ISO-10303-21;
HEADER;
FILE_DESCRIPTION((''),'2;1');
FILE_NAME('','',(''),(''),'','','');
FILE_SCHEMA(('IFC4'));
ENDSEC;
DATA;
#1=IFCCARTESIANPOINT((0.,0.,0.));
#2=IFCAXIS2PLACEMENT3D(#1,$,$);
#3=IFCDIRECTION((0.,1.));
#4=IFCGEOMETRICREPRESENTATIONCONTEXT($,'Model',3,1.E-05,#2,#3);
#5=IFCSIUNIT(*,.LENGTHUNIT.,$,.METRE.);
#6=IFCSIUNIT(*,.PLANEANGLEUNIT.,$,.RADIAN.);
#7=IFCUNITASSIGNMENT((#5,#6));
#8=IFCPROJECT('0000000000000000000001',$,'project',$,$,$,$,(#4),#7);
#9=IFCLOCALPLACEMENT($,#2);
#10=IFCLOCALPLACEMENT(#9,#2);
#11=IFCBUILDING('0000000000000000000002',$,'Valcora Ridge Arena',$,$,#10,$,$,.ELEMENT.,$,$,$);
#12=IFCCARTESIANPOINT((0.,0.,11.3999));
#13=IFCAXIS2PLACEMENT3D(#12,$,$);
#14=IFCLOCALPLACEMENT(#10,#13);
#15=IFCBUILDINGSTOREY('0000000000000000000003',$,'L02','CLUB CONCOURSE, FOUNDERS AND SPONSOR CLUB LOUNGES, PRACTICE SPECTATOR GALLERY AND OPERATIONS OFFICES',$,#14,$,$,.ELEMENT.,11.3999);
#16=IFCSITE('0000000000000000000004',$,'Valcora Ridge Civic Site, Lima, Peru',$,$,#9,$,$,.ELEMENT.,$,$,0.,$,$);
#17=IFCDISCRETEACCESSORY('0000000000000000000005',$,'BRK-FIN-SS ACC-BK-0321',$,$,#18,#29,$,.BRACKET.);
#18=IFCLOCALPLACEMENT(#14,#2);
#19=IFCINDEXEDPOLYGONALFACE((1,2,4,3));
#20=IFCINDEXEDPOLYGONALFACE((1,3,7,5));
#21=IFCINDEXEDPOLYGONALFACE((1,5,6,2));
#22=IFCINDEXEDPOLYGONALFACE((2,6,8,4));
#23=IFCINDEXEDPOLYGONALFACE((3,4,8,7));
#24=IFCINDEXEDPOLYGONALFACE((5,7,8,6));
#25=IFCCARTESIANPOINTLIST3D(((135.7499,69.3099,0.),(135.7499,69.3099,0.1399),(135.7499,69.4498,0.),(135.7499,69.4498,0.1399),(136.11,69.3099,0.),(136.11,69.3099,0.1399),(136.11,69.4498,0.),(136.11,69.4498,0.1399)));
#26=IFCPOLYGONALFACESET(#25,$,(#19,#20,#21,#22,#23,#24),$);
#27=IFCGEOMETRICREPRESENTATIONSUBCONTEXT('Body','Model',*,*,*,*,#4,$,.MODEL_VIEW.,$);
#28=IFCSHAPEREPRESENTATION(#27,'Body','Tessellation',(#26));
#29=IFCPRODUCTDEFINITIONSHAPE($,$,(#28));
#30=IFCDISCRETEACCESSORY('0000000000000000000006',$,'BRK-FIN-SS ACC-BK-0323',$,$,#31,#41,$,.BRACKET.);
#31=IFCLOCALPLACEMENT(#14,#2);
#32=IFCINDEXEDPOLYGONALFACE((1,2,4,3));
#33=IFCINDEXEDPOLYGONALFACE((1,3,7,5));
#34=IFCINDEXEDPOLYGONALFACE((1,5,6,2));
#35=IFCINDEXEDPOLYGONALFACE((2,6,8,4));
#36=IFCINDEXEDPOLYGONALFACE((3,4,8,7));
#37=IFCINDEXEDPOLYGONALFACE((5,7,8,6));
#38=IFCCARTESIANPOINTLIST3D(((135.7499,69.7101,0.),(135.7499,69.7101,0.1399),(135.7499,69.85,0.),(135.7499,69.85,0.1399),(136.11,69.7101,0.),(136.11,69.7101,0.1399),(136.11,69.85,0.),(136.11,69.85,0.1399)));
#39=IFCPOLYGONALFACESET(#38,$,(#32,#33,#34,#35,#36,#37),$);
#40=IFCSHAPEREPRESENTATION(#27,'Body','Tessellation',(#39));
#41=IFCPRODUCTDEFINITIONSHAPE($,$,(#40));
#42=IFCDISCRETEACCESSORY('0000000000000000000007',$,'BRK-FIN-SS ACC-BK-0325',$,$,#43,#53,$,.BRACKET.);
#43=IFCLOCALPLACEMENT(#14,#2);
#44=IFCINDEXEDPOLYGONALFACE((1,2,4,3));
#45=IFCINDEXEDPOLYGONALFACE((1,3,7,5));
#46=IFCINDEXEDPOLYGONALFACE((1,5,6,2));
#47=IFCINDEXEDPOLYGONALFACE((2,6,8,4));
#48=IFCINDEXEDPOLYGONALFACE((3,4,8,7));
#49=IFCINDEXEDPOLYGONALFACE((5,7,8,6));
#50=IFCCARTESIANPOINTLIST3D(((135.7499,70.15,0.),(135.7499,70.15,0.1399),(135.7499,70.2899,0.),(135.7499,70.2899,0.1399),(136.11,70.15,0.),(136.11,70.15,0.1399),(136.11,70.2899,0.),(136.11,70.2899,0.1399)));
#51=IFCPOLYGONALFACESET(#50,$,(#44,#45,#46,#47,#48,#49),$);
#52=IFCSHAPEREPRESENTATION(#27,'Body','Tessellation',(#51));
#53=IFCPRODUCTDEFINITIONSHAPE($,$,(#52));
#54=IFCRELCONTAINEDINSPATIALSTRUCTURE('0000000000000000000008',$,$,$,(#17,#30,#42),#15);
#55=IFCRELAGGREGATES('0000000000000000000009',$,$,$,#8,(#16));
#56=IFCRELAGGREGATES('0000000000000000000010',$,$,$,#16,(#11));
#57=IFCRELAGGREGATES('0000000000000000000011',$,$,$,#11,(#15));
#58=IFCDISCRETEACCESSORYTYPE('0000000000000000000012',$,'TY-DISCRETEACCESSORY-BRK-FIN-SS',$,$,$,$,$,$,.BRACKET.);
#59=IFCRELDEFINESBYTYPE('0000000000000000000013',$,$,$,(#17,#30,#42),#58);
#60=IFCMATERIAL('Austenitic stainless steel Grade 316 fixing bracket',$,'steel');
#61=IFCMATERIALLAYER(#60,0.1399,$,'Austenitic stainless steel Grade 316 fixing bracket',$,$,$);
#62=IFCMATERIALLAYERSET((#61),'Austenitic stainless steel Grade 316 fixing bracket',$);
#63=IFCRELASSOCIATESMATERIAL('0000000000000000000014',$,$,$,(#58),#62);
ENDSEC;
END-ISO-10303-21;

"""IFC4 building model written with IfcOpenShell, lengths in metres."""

from ifc_helpers import new_model, si_unit, direction, frame, origin, origin_2d, place, context, subcontext, project, spatial, rectangle, extrude, material, layer, layer_set, type_object, element, save


model = new_model("IFC4")

# Units and contexts
model_context = context("Model", 3, precision=1e-05, world=origin(), true_north=direction((0.0, 1.0)))
body_context = subcontext(model_context, "Body", "Model", "MODEL_VIEW")
ifc_project = project(units=[si_unit("LENGTHUNIT", "METRE"), si_unit("PLANEANGLEUNIT", "RADIAN")], contexts=[model_context])

# Site, building, storey
site_placement = place(None, origin())
site = spatial("IfcSite", under=ifc_project, at=site_placement, Name="Valcora Ridge Civic Site, Lima, Peru", CompositionType="ELEMENT", RefElevation=0.0)
building_placement = place(site_placement, origin())
building = spatial("IfcBuilding", under=site, at=building_placement, Name="Valcora Ridge Arena", CompositionType="ELEMENT")
storey_placement = place(building_placement, frame((0.0, 0.0, 11.3999)))
storey = spatial("IfcBuildingStorey", under=building, at=storey_placement, Name="L02", Description="CLUB CONCOURSE, FOUNDERS AND SPONSOR CLUB LOUNGES, PRACTICE SPECTATOR GALLERY AND OPERATIONS OFFICES", CompositionType="ELEMENT", Elevation=11.3999)

# Discrete accessories
ifc_material_1 = material(Name="Austenitic stainless steel Grade 316 fixing bracket", Category="steel")
ifc_layer = layer(ifc_material_1, 0.1399, Name="Austenitic stainless steel Grade 316 fixing bracket")
ifc_layer_set = layer_set([ifc_layer], Name="Austenitic stainless steel Grade 316 fixing bracket")
discrete_accessory_type = type_object("IfcDiscreteAccessoryType", Name="TY-DISCRETEACCESSORY-BRK-FIN-SS", PredefinedType="BRACKET", material=ifc_layer_set)
for number, where, z_axis, x_axis, name in (
    (1, (135.9299, 69.3799, 0.0), (0.0, 0.0, 1.0), (1.0, 0.0, 0.0), "BRK-FIN-SS ACC-BK-0321"),
    (2, (135.9299, 69.78, 0.0), (0.0, 0.0, 1.0), (1.0, 0.0, 0.0), "BRK-FIN-SS ACC-BK-0323"),
    (3, (135.9299, 70.22, 0.0), (0.0, 0.0, 1.0), (1.0, 0.0, 0.0), "BRK-FIN-SS ACC-BK-0325"),
):
    element("IfcDiscreteAccessory", number, at=place(storey_placement, frame(where, z_axis=z_axis, x_axis=x_axis)), inside=storey, type_object=discrete_accessory_type, Name=name, PredefinedType="BRACKET", context=body_context, shape_type="SweptSolid", body=[
        extrude(rectangle(XDim=0.3601, YDim=0.1399, at=origin_2d()), origin(), (0.0, 0.0, 1.0), 0.1399),
    ])

save(model, "model.ifc")
